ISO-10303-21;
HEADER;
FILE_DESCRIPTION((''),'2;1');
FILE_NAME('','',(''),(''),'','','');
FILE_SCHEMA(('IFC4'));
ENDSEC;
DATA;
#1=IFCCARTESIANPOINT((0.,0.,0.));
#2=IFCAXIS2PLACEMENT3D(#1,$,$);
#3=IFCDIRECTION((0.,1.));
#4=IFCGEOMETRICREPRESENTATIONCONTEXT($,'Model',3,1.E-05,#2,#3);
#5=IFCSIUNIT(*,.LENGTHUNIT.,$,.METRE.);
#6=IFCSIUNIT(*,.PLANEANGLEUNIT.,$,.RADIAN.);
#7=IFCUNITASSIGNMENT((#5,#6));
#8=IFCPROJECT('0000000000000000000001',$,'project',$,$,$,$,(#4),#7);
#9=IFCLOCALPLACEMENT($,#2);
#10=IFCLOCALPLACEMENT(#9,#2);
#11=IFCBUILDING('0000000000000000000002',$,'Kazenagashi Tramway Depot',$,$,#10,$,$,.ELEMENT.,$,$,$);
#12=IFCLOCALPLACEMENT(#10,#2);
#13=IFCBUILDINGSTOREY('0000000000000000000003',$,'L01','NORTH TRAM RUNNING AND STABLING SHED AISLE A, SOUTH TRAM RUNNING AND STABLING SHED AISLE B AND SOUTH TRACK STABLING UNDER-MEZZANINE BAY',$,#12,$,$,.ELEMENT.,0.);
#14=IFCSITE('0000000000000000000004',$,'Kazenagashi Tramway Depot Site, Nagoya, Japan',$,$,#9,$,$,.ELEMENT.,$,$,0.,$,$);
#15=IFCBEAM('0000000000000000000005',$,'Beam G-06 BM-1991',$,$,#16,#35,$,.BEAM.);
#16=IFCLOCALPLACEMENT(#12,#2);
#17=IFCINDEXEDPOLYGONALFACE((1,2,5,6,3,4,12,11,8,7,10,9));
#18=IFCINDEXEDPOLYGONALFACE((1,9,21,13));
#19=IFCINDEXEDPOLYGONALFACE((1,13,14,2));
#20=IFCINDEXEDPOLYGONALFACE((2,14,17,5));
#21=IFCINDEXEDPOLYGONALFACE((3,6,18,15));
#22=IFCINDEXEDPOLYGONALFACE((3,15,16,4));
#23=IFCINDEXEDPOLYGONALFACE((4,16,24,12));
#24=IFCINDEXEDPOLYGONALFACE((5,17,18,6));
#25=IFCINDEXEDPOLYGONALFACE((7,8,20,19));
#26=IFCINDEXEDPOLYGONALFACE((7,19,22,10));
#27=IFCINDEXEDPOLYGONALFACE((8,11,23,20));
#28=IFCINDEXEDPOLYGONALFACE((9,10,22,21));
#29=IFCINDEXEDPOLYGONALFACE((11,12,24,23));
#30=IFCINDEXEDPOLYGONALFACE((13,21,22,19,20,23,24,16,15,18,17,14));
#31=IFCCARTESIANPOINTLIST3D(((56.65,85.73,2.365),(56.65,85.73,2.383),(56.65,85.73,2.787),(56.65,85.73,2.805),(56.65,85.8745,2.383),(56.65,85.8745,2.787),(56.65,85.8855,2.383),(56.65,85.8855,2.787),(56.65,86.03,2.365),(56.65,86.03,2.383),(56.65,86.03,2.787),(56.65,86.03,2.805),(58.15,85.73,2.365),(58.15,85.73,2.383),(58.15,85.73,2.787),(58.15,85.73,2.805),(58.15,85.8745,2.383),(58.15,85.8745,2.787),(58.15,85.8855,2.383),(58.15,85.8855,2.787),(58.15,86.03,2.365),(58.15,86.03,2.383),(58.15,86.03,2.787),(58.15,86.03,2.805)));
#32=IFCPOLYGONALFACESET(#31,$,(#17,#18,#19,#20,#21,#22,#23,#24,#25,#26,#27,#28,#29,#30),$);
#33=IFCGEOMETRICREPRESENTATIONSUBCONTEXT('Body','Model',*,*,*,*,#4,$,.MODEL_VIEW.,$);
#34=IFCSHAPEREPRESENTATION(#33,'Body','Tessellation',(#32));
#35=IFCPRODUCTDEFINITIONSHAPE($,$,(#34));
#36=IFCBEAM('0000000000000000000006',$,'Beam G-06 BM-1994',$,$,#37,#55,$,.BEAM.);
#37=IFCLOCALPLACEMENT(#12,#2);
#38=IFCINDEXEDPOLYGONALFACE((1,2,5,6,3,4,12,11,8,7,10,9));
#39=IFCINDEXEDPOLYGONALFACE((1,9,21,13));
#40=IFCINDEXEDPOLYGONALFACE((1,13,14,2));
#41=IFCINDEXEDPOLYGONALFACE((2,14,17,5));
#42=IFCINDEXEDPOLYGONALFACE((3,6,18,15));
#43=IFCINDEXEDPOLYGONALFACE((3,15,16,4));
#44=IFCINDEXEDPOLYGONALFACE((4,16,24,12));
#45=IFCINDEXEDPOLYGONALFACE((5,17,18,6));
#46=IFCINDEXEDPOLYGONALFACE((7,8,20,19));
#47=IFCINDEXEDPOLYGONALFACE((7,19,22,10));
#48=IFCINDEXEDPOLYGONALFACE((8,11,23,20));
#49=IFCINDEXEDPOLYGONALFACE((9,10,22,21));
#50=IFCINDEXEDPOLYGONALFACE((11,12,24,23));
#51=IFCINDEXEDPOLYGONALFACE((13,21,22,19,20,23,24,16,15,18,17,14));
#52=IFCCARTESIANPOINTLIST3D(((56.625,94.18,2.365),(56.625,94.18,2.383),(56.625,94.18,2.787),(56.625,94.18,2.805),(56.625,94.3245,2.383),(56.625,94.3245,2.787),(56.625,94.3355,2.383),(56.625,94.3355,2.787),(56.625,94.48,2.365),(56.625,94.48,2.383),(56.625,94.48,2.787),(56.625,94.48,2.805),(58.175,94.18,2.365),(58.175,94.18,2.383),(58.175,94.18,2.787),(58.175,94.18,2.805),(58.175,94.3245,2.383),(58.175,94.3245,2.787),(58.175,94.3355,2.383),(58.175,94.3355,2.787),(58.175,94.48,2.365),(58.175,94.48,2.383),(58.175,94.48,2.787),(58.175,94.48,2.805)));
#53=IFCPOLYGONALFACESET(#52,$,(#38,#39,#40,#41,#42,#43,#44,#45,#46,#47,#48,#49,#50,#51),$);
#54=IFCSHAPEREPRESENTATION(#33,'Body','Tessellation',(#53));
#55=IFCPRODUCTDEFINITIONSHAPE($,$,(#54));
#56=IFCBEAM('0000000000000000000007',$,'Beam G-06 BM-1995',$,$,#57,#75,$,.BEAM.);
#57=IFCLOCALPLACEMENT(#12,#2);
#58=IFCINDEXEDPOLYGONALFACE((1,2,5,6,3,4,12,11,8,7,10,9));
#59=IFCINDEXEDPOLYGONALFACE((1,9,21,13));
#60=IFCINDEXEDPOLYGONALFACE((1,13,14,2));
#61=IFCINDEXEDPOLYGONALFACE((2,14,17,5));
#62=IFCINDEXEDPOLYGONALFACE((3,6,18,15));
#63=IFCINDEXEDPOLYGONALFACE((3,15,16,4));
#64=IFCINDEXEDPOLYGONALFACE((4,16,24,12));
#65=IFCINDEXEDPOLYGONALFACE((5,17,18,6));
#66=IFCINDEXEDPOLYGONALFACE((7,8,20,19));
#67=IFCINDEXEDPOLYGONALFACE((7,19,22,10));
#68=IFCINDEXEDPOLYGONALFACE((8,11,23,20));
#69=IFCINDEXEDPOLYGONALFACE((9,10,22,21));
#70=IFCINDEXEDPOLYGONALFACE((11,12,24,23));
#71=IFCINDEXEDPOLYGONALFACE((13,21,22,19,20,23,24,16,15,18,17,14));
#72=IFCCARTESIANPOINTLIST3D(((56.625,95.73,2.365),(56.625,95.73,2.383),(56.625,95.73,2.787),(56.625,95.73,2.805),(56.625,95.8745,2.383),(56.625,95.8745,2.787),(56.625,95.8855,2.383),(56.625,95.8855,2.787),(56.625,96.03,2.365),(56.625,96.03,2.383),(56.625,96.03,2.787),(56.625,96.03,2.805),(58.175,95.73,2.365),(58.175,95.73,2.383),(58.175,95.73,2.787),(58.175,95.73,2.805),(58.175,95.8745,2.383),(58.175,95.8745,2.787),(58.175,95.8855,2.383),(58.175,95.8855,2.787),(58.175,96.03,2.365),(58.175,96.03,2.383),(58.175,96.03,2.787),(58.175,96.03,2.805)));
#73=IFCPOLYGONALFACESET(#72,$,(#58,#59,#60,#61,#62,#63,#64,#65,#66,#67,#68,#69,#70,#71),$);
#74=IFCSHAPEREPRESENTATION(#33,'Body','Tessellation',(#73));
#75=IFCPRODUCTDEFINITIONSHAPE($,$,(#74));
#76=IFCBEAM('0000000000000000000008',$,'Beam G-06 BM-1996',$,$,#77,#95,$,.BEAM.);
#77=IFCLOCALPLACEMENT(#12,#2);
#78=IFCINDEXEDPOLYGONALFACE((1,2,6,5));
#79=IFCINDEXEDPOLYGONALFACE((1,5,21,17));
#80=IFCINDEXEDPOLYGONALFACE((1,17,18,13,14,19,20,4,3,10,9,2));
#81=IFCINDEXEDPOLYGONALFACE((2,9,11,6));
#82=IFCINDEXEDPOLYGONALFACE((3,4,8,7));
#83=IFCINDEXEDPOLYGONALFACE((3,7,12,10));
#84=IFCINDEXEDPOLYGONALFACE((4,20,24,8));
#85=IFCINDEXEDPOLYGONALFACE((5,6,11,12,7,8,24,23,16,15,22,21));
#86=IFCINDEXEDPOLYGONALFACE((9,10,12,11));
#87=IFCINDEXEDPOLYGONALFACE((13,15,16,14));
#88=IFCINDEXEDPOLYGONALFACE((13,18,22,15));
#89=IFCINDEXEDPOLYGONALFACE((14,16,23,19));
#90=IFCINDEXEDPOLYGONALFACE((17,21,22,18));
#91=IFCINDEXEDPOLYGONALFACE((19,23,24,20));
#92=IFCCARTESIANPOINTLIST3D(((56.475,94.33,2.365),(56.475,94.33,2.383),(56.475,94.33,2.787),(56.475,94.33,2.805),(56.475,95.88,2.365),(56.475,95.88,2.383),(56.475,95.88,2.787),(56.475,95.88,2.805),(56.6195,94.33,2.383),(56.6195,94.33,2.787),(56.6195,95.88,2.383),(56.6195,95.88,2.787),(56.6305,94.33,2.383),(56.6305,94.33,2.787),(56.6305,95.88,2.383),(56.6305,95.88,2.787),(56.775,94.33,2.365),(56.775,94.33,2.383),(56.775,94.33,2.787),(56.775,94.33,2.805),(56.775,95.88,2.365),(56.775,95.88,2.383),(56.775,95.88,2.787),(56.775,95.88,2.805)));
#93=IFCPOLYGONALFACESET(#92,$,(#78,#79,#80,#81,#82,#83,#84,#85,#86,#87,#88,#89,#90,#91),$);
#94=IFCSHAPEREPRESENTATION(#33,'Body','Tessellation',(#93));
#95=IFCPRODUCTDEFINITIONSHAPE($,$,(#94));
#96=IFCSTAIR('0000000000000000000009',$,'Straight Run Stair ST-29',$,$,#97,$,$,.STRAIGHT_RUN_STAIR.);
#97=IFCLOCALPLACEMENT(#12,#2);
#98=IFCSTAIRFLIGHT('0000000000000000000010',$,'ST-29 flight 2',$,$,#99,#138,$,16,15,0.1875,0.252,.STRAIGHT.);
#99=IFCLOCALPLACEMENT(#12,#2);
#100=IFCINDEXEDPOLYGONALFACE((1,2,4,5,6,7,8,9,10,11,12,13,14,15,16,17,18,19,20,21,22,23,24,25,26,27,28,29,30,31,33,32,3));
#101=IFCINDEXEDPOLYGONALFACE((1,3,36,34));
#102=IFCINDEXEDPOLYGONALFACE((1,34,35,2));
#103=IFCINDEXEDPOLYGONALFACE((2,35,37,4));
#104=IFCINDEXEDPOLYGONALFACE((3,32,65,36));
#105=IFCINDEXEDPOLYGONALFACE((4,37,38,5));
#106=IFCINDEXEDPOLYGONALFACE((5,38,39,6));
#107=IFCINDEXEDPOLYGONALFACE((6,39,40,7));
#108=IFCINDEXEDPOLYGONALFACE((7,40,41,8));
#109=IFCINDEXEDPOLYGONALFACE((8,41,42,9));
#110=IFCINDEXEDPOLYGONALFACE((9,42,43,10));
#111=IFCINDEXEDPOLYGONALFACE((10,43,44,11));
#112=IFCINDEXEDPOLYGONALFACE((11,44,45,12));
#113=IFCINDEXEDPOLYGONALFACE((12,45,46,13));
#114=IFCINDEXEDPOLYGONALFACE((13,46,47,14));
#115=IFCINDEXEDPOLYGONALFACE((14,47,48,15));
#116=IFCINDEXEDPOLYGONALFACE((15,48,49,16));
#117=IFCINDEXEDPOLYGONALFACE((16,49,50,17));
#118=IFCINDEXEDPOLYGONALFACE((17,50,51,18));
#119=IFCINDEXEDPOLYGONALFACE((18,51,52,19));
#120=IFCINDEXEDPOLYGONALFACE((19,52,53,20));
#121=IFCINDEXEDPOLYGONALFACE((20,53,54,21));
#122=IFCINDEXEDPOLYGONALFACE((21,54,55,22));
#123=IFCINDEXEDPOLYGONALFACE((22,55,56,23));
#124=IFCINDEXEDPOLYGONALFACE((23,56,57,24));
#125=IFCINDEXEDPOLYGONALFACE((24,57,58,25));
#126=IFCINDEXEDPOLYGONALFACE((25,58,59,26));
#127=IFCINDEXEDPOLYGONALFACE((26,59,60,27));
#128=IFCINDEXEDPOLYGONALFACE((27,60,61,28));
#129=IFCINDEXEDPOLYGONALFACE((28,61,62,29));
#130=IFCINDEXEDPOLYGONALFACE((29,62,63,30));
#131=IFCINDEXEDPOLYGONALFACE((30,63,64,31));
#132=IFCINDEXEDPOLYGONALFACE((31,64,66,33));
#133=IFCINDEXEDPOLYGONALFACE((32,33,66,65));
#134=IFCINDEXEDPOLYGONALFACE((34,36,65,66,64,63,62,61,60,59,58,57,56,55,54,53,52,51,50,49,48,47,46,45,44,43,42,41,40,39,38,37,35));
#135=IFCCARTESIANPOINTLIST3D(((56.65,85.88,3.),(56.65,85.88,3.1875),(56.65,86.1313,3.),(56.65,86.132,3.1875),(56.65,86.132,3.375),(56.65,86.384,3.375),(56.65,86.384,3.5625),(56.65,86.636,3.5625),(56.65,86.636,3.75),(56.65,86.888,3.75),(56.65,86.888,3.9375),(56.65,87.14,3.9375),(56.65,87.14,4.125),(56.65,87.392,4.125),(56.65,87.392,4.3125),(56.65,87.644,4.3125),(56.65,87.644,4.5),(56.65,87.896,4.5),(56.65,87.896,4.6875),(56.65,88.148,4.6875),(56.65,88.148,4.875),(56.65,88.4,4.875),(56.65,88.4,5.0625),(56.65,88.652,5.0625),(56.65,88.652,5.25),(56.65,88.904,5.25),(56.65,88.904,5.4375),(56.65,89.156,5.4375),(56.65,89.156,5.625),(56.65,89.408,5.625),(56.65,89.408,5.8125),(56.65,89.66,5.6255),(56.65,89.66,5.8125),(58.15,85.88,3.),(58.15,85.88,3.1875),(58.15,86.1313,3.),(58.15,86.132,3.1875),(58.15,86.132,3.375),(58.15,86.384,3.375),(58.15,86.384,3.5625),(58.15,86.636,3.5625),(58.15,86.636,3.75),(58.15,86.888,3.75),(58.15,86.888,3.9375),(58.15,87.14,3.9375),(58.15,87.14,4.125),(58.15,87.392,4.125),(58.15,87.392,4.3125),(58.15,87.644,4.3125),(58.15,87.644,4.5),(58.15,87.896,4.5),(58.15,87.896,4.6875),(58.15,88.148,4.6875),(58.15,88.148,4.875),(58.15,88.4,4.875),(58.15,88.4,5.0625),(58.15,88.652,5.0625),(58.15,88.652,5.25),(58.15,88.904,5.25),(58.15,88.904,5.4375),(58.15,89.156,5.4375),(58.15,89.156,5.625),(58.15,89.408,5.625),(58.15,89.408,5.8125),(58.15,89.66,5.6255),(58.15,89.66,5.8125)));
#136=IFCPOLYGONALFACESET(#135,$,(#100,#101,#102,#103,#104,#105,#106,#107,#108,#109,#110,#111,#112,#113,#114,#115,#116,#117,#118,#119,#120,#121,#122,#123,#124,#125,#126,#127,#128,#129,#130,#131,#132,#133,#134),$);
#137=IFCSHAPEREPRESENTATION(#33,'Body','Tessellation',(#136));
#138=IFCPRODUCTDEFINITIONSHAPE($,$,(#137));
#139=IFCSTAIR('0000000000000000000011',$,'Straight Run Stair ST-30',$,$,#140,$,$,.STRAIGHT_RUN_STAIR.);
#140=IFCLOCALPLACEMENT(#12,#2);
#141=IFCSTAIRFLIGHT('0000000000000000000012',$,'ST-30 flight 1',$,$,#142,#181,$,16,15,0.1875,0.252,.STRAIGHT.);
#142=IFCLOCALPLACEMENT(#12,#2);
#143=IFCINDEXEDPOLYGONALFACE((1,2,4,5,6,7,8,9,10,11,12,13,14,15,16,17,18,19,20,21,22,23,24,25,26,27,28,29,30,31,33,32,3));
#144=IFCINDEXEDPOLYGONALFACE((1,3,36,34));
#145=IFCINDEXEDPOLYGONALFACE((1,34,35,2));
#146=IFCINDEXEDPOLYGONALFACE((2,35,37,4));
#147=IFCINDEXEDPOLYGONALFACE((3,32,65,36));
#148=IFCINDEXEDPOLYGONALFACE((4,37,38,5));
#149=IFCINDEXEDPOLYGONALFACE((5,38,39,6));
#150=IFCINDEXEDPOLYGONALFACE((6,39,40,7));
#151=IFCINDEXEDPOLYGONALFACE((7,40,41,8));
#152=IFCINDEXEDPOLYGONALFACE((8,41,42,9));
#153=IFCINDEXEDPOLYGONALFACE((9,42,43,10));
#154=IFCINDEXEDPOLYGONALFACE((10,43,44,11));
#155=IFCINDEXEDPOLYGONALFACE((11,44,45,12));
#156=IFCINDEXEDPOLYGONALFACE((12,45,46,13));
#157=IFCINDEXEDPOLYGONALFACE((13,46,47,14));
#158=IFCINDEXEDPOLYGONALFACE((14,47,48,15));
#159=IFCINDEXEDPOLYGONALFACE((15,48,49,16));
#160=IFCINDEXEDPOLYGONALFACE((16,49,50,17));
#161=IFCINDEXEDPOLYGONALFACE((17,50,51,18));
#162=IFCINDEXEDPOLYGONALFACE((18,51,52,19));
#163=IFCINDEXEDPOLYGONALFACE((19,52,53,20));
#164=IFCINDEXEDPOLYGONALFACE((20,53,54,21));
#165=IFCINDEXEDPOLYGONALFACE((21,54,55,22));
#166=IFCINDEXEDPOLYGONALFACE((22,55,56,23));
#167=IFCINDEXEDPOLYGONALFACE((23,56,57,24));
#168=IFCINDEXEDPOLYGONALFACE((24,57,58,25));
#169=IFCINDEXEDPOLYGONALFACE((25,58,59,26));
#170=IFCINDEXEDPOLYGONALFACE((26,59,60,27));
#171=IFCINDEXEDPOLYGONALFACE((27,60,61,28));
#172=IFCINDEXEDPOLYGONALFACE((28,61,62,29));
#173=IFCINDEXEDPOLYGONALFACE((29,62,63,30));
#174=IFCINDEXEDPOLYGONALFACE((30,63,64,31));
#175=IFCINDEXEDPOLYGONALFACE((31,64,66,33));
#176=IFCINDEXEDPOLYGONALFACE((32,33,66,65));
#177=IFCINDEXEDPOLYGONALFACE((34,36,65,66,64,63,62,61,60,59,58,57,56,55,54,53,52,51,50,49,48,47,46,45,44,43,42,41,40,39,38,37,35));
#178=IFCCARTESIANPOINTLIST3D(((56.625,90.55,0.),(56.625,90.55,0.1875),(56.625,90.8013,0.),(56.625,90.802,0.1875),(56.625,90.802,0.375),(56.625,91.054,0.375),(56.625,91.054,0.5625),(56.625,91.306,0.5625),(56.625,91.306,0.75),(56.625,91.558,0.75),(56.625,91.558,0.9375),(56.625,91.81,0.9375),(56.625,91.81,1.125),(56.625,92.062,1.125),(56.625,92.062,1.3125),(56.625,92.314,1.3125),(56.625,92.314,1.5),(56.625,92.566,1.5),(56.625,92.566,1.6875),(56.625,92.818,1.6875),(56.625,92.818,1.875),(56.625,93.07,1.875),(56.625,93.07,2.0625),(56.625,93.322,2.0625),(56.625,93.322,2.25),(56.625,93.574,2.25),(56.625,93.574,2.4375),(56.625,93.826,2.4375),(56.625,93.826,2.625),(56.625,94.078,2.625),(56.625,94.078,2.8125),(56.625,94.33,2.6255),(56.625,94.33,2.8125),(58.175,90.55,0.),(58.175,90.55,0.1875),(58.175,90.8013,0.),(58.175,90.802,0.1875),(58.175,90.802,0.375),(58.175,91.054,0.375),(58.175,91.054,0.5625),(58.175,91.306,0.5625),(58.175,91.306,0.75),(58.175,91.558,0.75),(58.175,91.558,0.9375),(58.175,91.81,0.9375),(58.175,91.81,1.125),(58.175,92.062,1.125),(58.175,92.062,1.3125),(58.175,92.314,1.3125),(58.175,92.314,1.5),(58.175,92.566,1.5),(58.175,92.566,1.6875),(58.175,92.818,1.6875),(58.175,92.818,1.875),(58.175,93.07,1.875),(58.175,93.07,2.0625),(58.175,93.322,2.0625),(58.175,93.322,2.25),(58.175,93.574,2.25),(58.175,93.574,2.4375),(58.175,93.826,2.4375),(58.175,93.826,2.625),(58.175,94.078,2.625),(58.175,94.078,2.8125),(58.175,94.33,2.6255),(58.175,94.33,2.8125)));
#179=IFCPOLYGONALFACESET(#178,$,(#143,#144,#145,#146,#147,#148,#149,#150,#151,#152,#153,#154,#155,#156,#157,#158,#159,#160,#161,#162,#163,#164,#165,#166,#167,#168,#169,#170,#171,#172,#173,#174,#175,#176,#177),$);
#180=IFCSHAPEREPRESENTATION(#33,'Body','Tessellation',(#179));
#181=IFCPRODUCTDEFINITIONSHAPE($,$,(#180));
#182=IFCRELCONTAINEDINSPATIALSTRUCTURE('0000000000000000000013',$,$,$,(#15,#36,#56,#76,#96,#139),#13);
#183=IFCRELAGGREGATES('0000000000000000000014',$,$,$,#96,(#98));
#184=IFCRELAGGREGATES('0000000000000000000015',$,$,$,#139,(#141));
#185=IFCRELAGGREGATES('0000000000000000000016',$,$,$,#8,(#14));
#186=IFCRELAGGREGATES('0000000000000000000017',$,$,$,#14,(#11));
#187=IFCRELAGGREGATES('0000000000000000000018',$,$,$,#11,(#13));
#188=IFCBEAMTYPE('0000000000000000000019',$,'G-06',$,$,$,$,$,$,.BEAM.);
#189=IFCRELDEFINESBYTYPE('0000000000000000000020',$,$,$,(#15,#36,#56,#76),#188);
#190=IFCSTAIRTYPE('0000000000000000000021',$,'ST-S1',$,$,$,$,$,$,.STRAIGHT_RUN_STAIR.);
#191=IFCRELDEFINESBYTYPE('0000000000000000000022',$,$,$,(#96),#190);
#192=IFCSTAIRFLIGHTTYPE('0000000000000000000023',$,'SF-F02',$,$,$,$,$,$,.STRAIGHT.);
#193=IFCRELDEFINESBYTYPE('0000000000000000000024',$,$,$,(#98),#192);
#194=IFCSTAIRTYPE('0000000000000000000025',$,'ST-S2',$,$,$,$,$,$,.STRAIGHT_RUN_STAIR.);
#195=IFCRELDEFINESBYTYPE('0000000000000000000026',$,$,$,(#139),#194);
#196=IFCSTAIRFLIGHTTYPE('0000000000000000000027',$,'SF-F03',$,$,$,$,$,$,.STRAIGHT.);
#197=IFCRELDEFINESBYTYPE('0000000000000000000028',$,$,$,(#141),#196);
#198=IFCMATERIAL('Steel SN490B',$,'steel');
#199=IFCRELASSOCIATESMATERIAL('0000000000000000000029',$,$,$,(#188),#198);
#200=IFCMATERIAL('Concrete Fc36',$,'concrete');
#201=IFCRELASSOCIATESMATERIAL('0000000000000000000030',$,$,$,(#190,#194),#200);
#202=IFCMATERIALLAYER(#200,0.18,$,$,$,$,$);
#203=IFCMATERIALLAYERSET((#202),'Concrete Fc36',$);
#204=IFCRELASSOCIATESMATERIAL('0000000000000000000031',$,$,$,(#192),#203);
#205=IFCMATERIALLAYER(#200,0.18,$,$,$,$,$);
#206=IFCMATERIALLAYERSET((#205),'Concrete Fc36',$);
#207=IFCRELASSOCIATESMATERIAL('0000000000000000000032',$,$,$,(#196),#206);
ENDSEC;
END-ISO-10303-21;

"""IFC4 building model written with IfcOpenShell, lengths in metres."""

from ifc_helpers import new_model, si_unit, direction, frame, origin, origin_2d, place, context, subcontext, project, spatial, polyline, i_section, outline, extrude, material, layer, layer_set, material_profile, profile_set, type_object, element, aggregate, save


model = new_model("IFC4")

# Units and contexts
model_context = context("Model", 3, precision=1e-05, world=origin(), true_north=direction((0.0, 1.0)))
body_context = subcontext(model_context, "Body", "Model", "MODEL_VIEW")
ifc_project = project(units=[si_unit("LENGTHUNIT", "METRE"), si_unit("PLANEANGLEUNIT", "RADIAN")], contexts=[model_context])

# Site, building, storey
site_placement = place(None, origin())
site = spatial("IfcSite", under=ifc_project, at=site_placement, Name="Kazenagashi Tramway Depot Site, Nagoya, Japan", CompositionType="ELEMENT", RefElevation=0.0)
building_placement = place(site_placement, origin())
building = spatial("IfcBuilding", under=site, at=building_placement, Name="Kazenagashi Tramway Depot", CompositionType="ELEMENT")
storey_placement = place(building_placement, origin())
storey = spatial("IfcBuildingStorey", under=building, at=storey_placement, Name="L01", Description="NORTH TRAM RUNNING AND STABLING SHED AISLE A, SOUTH TRAM RUNNING AND STABLING SHED AISLE B AND SOUTH TRACK STABLING UNDER-MEZZANINE BAY", CompositionType="ELEMENT", Elevation=0.0)

# Shared definitions
ifc_material_1 = material(Name="Steel SN490B", Category="steel")

# Beams
ifc_material_profile_1 = material_profile(ifc_material_1, i_section(OverallWidth=0.3, OverallDepth=0.44, WebThickness=0.011, FlangeThickness=0.018, at=origin_2d()), Name="H-440x300x11x18")
ifc_profile_set_1 = profile_set([ifc_material_profile_1], Name="Steel SN490B")
beam_type = type_object("IfcBeamType", Name="G-06", PredefinedType="BEAM", material=ifc_profile_set_1)
beam_placement = place(storey_placement, frame((56.65, 85.88, 2.585), z_axis=(1.0, 0.0, 0.0), x_axis=(0.0, 1.0, 0.0)))
element("IfcBeam", 1, at=beam_placement, inside=storey, type_object=beam_type, Name="Beam G-06 BM-1991", PredefinedType="BEAM", context=body_context, shape_type="SweptSolid", body=[
    extrude(i_section(OverallWidth=0.3, OverallDepth=0.44, WebThickness=0.011, FlangeThickness=0.018, at=origin_2d()), origin(), (0.0, 0.0, 1.0), 1.5),
])
for number, where, z_axis, x_axis, name in (
    (2, (56.625, 94.33, 2.585), (1.0, 0.0, 0.0), (0.0, 1.0, 0.0), "Beam G-06 BM-1994"),
    (3, (56.625, 95.88, 2.585), (1.0, 0.0, 0.0), (0.0, 1.0, 0.0), "Beam G-06 BM-1995"),
    (4, (56.625, 94.33, 2.585), (0.0, 1.0, 0.0), (-1.0, 0.0, 0.0), "Beam G-06 BM-1996"),
):
    element("IfcBeam", number, at=place(storey_placement, frame(where, z_axis=z_axis, x_axis=x_axis)), inside=storey, type_object=beam_type, Name=name, PredefinedType="BEAM", context=body_context, shape_type="SweptSolid", body=[
        extrude(i_section(OverallWidth=0.3, OverallDepth=0.44, WebThickness=0.011, FlangeThickness=0.018, at=origin_2d()), origin(), (0.0, 0.0, 1.0), 1.55),
    ])

# Stair, stair flight
ifc_material_2 = material(Name="Concrete Fc36", Category="concrete")
stair_type_1 = type_object("IfcStairType", Name="ST-S1", PredefinedType="STRAIGHT_RUN_STAIR", material=ifc_material_2)
stair_1_placement = place(storey_placement, origin())
stair_1 = element("IfcStair", 5, at=stair_1_placement, inside=storey, type_object=stair_type_1, Name="Straight Run Stair ST-29", PredefinedType="STRAIGHT_RUN_STAIR")
ifc_layer_1 = layer(ifc_material_2, 0.18)
ifc_layer_set_1 = layer_set([ifc_layer_1], Name="Concrete Fc36")
stair_flight_type_1 = type_object("IfcStairFlightType", Name="SF-F02", PredefinedType="STRAIGHT", material=ifc_layer_set_1)
stair_flight_1_placement = place(storey_placement, frame((57.4, 85.88, 3.0), z_axis=(0.0, 0.0, 1.0), x_axis=(0.0, 1.0, 0.0)))
stair_flight_1 = element("IfcStairFlight", 6, at=stair_flight_1_placement, type_object=stair_flight_type_1, Name="ST-29 flight 2", NumberOfRisers=16, NumberOfTreads=15, PredefinedType="STRAIGHT", RiserHeight=0.1875, TreadLength=0.252, context=body_context, shape_type="SweptSolid", body=[
    extrude(outline(polyline([(0.0, 0.0), (0.0, 0.1875), (0.252, 0.1875), (0.252, 0.375), (0.504, 0.375), (0.504, 0.5625), (0.756, 0.5625), (0.756, 0.75), (1.008, 0.75), (1.008, 0.9375), (1.26, 0.9375), (1.26, 1.125), (1.512, 1.125), (1.512, 1.3125), (1.764, 1.3125), (1.764, 1.5), (2.016, 1.5), (2.016, 1.6875), (2.268, 1.6875), (2.268, 1.875), (2.52, 1.875), (2.52, 2.0625), (2.772, 2.0625), (2.772, 2.25), (3.024, 2.25), (3.024, 2.4375), (3.276, 2.4375), (3.276, 2.625), (3.528, 2.625), (3.528, 2.8125), (3.78, 2.8125), (3.78, 3.0), (3.78, 2.6255), (0.2513, 0.0), (0.0, 0.0)])), frame((0.0, 0.75, 0.0), z_axis=(0.0, -1.0, 0.0), x_axis=(1.0, 0.0, 0.0)), (0.0, 0.0, 1.0), 1.5),
])
aggregate(stair_1, [stair_flight_1])

# Stair, stair flight
stair_type_2 = type_object("IfcStairType", Name="ST-S2", PredefinedType="STRAIGHT_RUN_STAIR", material=ifc_material_2)
stair_2_placement = place(storey_placement, origin())
stair_2 = element("IfcStair", 7, at=stair_2_placement, inside=storey, type_object=stair_type_2, Name="Straight Run Stair ST-30", PredefinedType="STRAIGHT_RUN_STAIR")
ifc_layer_2 = layer(ifc_material_2, 0.18)
ifc_layer_set_2 = layer_set([ifc_layer_2], Name="Concrete Fc36")
stair_flight_type_2 = type_object("IfcStairFlightType", Name="SF-F03", PredefinedType="STRAIGHT", material=ifc_layer_set_2)
stair_flight_2_placement = place(storey_placement, frame((57.4, 90.55, 0.0), z_axis=(0.0, 0.0, 1.0), x_axis=(0.0, 1.0, 0.0)))
stair_flight_2 = element("IfcStairFlight", 8, at=stair_flight_2_placement, type_object=stair_flight_type_2, Name="ST-30 flight 1", NumberOfRisers=16, NumberOfTreads=15, PredefinedType="STRAIGHT", RiserHeight=0.1875, TreadLength=0.252, context=body_context, shape_type="SweptSolid", body=[
    extrude(outline(polyline([(0.0, 0.0), (0.0, 0.1875), (0.252, 0.1875), (0.252, 0.375), (0.504, 0.375), (0.504, 0.5625), (0.756, 0.5625), (0.756, 0.75), (1.008, 0.75), (1.008, 0.9375), (1.26, 0.9375), (1.26, 1.125), (1.512, 1.125), (1.512, 1.3125), (1.764, 1.3125), (1.764, 1.5), (2.016, 1.5), (2.016, 1.6875), (2.268, 1.6875), (2.268, 1.875), (2.52, 1.875), (2.52, 2.0625), (2.772, 2.0625), (2.772, 2.25), (3.024, 2.25), (3.024, 2.4375), (3.276, 2.4375), (3.276, 2.625), (3.528, 2.625), (3.528, 2.8125), (3.78, 2.8125), (3.78, 3.0), (3.78, 2.6255), (0.2513, 0.0), (0.0, 0.0)])), frame((0.0, 0.775, 0.0), z_axis=(0.0, -1.0, 0.0), x_axis=(1.0, 0.0, 0.0)), (0.0, 0.0, 1.0), 1.55),
])
aggregate(stair_2, [stair_flight_2])

save(model, "model.ifc")
